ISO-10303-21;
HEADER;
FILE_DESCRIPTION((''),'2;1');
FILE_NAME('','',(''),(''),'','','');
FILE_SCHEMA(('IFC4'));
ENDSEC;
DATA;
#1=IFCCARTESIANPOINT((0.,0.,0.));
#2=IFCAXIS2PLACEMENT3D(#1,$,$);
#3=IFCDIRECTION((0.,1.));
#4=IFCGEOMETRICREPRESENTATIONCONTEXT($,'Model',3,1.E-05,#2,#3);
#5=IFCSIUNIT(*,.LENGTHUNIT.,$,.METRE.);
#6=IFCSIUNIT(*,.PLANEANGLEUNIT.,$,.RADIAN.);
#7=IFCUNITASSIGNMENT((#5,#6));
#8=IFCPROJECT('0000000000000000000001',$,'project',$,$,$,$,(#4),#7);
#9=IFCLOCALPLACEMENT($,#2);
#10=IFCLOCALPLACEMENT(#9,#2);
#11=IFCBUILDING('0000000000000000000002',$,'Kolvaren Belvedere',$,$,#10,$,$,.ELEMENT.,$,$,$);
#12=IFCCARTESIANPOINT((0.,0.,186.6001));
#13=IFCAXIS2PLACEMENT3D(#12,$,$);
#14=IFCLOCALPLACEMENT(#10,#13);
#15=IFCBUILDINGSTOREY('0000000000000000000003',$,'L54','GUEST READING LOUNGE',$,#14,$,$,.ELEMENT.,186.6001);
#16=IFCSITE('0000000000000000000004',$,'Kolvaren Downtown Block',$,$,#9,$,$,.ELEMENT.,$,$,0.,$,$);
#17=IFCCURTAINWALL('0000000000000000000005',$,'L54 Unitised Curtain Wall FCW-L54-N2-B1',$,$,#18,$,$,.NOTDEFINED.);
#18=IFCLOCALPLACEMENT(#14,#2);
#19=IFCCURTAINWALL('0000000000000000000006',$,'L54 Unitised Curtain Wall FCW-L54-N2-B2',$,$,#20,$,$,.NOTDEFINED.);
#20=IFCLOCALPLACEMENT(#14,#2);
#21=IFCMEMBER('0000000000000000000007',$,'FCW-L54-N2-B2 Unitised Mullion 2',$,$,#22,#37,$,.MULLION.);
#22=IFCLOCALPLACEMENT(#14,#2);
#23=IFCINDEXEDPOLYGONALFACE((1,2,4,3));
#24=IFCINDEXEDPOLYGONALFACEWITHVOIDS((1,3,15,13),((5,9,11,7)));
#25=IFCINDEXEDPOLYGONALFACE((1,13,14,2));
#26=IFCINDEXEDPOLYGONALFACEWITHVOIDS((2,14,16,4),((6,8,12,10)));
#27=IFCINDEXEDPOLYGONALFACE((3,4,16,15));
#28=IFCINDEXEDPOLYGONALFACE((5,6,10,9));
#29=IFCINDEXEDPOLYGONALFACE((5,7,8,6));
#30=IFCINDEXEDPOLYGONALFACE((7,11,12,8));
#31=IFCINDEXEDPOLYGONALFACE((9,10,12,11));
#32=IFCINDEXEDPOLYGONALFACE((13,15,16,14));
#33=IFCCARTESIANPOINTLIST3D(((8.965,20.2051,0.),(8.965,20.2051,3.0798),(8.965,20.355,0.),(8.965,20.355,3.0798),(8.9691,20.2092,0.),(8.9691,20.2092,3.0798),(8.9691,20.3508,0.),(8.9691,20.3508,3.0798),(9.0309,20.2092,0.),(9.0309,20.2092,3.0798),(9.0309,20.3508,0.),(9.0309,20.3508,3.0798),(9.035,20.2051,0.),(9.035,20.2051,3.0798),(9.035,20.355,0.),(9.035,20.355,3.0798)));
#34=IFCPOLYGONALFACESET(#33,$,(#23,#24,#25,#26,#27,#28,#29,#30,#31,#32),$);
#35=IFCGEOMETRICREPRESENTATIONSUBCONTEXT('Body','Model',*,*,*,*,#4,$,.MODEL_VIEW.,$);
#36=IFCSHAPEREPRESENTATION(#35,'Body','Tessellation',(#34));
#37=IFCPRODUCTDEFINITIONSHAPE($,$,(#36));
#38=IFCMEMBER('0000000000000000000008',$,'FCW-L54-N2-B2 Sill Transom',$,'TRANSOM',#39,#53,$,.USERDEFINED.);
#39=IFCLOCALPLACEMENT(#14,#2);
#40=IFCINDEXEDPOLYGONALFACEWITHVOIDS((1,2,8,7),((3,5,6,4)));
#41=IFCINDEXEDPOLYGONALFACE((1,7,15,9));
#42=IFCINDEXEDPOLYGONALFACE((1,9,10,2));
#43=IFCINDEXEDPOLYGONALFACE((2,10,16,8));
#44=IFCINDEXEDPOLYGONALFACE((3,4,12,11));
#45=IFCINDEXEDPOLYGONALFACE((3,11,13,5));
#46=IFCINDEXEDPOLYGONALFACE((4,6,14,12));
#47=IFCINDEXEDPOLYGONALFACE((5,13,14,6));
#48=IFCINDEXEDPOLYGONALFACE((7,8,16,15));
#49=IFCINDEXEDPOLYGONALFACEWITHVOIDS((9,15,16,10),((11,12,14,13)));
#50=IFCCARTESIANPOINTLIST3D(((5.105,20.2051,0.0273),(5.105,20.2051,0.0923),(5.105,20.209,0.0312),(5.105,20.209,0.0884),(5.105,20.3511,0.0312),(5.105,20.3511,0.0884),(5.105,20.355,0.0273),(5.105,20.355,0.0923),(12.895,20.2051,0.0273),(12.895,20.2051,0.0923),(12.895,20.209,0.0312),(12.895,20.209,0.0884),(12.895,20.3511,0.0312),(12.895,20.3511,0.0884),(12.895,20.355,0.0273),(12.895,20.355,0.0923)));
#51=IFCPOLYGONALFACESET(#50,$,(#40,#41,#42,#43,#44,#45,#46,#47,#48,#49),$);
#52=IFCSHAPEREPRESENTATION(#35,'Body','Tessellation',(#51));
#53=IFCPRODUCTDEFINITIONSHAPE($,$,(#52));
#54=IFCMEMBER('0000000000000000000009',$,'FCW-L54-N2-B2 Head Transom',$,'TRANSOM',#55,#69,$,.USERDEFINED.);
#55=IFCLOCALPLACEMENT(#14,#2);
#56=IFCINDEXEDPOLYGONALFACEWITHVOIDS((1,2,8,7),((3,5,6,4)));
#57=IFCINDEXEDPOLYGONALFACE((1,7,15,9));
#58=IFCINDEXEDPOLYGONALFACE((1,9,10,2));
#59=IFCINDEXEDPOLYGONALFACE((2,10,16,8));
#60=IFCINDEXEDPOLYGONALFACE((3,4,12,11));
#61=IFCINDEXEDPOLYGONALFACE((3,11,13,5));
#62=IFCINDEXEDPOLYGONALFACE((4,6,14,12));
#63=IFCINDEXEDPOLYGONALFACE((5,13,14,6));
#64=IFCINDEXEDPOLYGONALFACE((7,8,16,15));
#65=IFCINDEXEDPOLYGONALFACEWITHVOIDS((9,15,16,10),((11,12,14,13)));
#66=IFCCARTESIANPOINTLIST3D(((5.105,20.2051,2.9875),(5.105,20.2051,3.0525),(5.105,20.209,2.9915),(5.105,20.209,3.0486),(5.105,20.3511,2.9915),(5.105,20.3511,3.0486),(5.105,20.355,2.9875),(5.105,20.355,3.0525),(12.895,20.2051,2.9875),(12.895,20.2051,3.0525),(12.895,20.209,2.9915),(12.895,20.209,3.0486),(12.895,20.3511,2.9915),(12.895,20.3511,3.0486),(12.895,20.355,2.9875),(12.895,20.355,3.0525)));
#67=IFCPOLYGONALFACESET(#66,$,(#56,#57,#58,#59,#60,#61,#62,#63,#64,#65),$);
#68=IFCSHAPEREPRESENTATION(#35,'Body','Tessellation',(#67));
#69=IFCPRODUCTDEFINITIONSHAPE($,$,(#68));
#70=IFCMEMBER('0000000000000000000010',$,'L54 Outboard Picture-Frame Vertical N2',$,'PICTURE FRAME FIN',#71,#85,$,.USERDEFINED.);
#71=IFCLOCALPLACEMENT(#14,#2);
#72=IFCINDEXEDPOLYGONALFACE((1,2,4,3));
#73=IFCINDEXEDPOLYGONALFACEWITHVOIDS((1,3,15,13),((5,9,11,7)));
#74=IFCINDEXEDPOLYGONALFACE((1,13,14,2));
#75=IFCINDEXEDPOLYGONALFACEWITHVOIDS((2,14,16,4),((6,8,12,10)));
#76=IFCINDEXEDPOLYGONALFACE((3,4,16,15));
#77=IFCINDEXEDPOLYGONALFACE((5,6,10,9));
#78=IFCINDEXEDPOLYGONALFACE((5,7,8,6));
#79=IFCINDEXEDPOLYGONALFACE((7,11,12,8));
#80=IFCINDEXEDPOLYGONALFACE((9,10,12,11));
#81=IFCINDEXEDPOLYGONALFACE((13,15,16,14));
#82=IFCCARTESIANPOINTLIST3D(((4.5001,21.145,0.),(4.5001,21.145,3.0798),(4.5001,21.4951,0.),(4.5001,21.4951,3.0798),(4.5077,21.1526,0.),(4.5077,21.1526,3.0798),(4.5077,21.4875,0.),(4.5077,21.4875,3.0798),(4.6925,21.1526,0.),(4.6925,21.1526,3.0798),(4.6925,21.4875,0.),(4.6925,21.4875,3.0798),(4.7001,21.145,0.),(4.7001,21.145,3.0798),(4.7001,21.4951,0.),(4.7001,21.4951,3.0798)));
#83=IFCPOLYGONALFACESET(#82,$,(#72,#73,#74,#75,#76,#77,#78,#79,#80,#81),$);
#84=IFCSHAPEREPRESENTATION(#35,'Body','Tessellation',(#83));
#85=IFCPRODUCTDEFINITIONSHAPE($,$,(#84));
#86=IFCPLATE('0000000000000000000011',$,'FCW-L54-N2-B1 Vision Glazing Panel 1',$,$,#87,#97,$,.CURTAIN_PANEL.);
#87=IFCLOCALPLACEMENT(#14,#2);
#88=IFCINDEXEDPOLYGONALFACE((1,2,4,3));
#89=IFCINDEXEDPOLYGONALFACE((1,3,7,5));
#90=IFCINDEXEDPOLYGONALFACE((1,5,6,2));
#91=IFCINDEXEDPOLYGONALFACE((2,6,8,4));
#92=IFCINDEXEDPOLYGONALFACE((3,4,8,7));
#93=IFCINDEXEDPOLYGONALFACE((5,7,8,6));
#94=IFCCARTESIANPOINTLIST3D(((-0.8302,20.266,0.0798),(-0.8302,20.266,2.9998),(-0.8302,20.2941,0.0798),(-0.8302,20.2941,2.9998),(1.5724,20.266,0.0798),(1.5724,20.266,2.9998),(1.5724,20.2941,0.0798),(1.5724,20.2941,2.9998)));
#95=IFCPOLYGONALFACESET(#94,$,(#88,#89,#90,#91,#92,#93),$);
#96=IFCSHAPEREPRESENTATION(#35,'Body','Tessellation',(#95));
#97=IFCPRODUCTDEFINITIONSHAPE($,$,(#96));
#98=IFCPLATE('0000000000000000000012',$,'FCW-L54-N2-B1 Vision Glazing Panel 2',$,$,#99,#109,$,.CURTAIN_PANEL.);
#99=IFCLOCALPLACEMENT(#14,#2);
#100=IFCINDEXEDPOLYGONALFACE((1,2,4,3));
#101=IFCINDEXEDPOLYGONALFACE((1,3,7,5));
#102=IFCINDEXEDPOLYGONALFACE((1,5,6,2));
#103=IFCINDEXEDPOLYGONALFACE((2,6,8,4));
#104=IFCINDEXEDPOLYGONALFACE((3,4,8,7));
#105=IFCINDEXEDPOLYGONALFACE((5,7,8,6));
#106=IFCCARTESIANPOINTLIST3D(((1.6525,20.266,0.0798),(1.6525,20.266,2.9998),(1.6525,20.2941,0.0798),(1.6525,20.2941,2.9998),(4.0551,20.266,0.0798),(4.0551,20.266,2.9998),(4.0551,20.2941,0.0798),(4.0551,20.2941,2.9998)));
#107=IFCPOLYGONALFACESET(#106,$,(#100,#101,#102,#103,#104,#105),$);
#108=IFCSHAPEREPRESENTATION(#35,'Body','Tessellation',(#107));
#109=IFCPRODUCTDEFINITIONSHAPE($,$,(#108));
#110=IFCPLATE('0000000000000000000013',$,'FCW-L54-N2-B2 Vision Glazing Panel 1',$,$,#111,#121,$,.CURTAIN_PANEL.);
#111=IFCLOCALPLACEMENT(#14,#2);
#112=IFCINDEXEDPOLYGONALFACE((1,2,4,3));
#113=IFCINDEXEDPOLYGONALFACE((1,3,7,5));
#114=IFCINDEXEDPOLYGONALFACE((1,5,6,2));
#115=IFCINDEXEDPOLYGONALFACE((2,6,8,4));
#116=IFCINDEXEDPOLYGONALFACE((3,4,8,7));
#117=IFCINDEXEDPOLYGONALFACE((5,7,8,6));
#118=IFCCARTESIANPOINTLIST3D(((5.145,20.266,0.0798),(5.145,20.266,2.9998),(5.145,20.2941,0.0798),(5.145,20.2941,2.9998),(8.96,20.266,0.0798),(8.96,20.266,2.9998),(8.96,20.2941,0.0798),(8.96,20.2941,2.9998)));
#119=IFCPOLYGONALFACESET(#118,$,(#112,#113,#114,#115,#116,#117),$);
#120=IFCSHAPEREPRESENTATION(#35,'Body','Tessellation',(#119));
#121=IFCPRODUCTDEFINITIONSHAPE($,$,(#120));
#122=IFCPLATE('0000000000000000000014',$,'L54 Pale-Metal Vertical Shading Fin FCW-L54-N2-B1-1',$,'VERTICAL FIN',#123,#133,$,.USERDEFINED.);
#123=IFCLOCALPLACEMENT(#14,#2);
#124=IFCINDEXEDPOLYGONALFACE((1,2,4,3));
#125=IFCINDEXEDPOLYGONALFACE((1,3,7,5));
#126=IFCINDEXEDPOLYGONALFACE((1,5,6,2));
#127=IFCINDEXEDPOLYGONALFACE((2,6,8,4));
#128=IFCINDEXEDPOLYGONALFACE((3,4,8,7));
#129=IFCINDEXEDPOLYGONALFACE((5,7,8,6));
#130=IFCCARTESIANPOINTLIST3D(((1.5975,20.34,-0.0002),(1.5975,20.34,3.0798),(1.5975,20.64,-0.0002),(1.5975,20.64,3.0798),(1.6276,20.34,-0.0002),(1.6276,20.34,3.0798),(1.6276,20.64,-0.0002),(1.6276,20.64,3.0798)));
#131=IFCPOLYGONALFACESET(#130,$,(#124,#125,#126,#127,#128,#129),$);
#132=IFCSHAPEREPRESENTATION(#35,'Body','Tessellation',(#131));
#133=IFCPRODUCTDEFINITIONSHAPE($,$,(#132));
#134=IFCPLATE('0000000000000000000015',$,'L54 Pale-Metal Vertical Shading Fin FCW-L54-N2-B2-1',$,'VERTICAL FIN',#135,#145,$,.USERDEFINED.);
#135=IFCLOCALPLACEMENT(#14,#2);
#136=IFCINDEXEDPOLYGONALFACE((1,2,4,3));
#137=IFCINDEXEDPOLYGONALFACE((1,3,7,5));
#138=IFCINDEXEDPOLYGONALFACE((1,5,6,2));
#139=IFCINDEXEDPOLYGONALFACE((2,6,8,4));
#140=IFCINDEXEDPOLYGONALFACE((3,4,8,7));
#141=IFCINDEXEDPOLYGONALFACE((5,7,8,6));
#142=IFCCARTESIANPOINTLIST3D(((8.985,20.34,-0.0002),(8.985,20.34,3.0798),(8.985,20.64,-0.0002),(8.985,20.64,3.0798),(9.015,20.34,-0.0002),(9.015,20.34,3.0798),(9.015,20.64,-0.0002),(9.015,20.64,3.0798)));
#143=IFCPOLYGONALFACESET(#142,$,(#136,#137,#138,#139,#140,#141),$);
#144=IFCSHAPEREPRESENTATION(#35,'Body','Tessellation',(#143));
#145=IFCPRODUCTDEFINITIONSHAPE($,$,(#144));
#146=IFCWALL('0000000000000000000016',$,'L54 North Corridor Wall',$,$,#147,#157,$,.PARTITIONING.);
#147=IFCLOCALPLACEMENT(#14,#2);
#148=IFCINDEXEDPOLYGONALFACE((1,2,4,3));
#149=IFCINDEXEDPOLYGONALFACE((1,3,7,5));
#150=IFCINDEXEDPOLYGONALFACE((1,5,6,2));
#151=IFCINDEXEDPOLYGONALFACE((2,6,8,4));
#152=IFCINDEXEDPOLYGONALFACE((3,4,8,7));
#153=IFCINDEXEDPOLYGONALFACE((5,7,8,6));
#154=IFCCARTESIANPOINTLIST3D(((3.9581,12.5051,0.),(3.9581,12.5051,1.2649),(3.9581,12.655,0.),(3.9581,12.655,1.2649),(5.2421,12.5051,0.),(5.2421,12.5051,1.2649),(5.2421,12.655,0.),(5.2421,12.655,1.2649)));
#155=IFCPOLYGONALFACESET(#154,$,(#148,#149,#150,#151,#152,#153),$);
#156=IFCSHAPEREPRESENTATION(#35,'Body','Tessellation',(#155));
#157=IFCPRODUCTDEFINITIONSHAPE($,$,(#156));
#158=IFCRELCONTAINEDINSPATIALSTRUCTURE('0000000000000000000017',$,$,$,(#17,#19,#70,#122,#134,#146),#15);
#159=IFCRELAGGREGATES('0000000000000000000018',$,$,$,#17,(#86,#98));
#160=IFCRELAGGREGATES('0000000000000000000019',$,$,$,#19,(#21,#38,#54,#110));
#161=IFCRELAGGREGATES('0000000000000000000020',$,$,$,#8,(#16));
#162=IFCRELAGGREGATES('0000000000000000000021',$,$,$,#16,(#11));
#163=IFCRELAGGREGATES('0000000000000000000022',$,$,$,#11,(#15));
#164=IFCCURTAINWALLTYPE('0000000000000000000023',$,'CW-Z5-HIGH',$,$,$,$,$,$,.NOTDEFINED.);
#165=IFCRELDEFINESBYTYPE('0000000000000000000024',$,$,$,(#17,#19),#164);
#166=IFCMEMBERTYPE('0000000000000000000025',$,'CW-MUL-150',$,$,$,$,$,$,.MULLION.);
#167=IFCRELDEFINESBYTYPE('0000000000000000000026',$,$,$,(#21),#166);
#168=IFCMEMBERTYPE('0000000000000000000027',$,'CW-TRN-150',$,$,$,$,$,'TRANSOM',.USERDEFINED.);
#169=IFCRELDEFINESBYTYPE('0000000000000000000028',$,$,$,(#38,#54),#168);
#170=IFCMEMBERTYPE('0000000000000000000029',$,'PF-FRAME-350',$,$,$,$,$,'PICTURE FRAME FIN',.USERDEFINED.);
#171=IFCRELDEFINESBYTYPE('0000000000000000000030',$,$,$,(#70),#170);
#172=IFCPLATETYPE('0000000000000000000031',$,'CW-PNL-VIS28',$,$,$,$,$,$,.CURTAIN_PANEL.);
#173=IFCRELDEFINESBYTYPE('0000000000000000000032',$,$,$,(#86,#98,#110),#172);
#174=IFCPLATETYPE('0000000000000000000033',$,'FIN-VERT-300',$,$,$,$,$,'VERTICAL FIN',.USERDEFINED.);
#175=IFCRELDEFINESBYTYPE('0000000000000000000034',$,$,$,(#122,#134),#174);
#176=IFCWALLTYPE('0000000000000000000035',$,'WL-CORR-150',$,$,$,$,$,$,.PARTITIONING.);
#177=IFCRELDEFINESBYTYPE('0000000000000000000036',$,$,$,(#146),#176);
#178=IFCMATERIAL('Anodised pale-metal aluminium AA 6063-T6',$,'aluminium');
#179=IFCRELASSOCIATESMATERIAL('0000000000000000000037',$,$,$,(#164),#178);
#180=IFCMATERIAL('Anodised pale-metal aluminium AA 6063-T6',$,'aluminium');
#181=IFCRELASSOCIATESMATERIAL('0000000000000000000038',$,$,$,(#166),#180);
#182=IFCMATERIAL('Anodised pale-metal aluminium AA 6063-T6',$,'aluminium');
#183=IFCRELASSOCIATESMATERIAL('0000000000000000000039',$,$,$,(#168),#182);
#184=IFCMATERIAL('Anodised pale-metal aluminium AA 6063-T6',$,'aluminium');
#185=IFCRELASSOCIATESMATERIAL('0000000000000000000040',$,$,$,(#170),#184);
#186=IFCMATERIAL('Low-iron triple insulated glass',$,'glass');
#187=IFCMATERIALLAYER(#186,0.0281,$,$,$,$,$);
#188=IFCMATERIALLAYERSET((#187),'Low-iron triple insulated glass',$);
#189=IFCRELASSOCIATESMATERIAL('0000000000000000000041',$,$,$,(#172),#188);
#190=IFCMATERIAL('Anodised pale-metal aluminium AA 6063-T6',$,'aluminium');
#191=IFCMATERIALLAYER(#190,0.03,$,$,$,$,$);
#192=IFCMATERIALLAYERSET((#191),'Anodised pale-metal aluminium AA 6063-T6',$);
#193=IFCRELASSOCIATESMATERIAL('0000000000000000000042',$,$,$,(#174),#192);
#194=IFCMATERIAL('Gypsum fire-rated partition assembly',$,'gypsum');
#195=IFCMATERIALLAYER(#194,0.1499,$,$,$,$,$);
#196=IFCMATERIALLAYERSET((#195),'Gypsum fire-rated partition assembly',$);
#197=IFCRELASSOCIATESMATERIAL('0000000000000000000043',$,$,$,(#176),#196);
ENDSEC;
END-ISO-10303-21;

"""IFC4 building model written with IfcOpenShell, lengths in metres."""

from ifc_helpers import new_model, si_unit, direction, frame, frame_2d, origin, origin_2d, place, context, subcontext, project, spatial, rectangle, hollow_rectangle, extrude, material, layer, layer_set, material_profile, profile_set, type_object, element, aggregate, save


model = new_model("IFC4")

# Units and contexts
model_context = context("Model", 3, precision=1e-05, world=origin(), true_north=direction((0.0, 1.0)))
body_context = subcontext(model_context, "Body", "Model", "MODEL_VIEW")
ifc_project = project(units=[si_unit("LENGTHUNIT", "METRE"), si_unit("PLANEANGLEUNIT", "RADIAN")], contexts=[model_context])

# Site, building, storey
site_placement = place(None, origin())
site = spatial("IfcSite", under=ifc_project, at=site_placement, Name="Kolvaren Downtown Block", CompositionType="ELEMENT", RefElevation=0.0)
building_placement = place(site_placement, origin())
building = spatial("IfcBuilding", under=site, at=building_placement, Name="Kolvaren Belvedere", CompositionType="ELEMENT")
storey_placement = place(building_placement, frame((0.0, 0.0, 186.6001)))
storey = spatial("IfcBuildingStorey", under=building, at=storey_placement, Name="L54", Description="GUEST READING LOUNGE", CompositionType="ELEMENT", Elevation=186.6001)

# Curtain walls, members
ifc_material_1 = material(Name="Anodised pale-metal aluminium AA 6063-T6", Category="aluminium")
curtain_wall_type = type_object("IfcCurtainWallType", Name="CW-Z5-HIGH", PredefinedType="NOTDEFINED", material=ifc_material_1)
curtain_wall_1_placement = place(storey_placement, origin())
curtain_wall_1 = element("IfcCurtainWall", 1, at=curtain_wall_1_placement, inside=storey, type_object=curtain_wall_type, Name="L54 Unitised Curtain Wall FCW-L54-N2-B1", PredefinedType="NOTDEFINED")
ifc_material_2 = material(Name="Anodised pale-metal aluminium AA 6063-T6", Category="aluminium")
ifc_material_profile_1 = material_profile(ifc_material_2, hollow_rectangle(XDim=0.0701, YDim=0.1499, WallThickness=0.0042, at=origin_2d()), Name="ALU-MUL-150X70")
ifc_profile_set_1 = profile_set([ifc_material_profile_1], Name="Anodised pale-metal aluminium AA 6063-T6")
member_type_1 = type_object("IfcMemberType", Name="CW-MUL-150", PredefinedType="MULLION", material=ifc_profile_set_1)
curtain_wall_2_placement = place(storey_placement, origin())
curtain_wall_2 = element("IfcCurtainWall", 2, at=curtain_wall_2_placement, inside=storey, type_object=curtain_wall_type, Name="L54 Unitised Curtain Wall FCW-L54-N2-B2", PredefinedType="NOTDEFINED")
member_1_placement = place(storey_placement, frame((9.0, 20.28, 0.0), z_axis=(0.0, 0.0, 1.0), x_axis=(1.0, 0.0, 0.0)))
member_1 = element("IfcMember", 3, at=member_1_placement, type_object=member_type_1, Name="FCW-L54-N2-B2 Unitised Mullion 2", PredefinedType="MULLION", context=body_context, shape_type="SweptSolid", body=[
    extrude(hollow_rectangle(XDim=0.0701, YDim=0.1499, WallThickness=0.0042, at=origin_2d()), origin(), (0.0, 0.0, 1.0), 3.0798),
])
ifc_material_3 = material(Name="Anodised pale-metal aluminium AA 6063-T6", Category="aluminium")
ifc_material_profile_2 = material_profile(ifc_material_3, hollow_rectangle(XDim=0.0649, YDim=0.1499, WallThickness=0.0039, at=origin_2d()), Name="ALU-TRN-150X65")
ifc_profile_set_2 = profile_set([ifc_material_profile_2], Name="Anodised pale-metal aluminium AA 6063-T6")
member_type_2 = type_object("IfcMemberType", Name="CW-TRN-150", ElementType="TRANSOM", PredefinedType="USERDEFINED", material=ifc_profile_set_2)
member_2_placement = place(storey_placement, frame((5.105, 20.28, 0.0598), z_axis=(1.0, 0.0, 0.0), x_axis=(0.0, 0.0, 1.0)))
member_2 = element("IfcMember", 4, at=member_2_placement, type_object=member_type_2, Name="FCW-L54-N2-B2 Sill Transom", ObjectType="TRANSOM", PredefinedType="USERDEFINED", context=body_context, shape_type="SweptSolid", body=[
    extrude(hollow_rectangle(XDim=0.0649, YDim=0.1499, WallThickness=0.0039, at=origin_2d()), origin(), (0.0, 0.0, 1.0), 7.79),
])
member_3_placement = place(storey_placement, frame((5.105, 20.28, 3.02), z_axis=(1.0, 0.0, 0.0), x_axis=(0.0, 0.0, 1.0)))
member_3 = element("IfcMember", 5, at=member_3_placement, type_object=member_type_2, Name="FCW-L54-N2-B2 Head Transom", ObjectType="TRANSOM", PredefinedType="USERDEFINED", context=body_context, shape_type="SweptSolid", body=[
    extrude(hollow_rectangle(XDim=0.0649, YDim=0.1499, WallThickness=0.0039, at=origin_2d()), origin(), (0.0, 0.0, 1.0), 7.79),
])

# Member
ifc_material_4 = material(Name="Anodised pale-metal aluminium AA 6063-T6", Category="aluminium")
ifc_material_profile_3 = material_profile(ifc_material_4, hollow_rectangle(XDim=0.2, YDim=0.3501, WallThickness=0.0076, at=origin_2d()), Name="ALU-PF-350X200")
ifc_profile_set_3 = profile_set([ifc_material_profile_3], Name="Anodised pale-metal aluminium AA 6063-T6")
member_type_3 = type_object("IfcMemberType", Name="PF-FRAME-350", ElementType="PICTURE FRAME FIN", PredefinedType="USERDEFINED", material=ifc_profile_set_3)
member_4_placement = place(storey_placement, frame((4.6001, 21.3201, 0.0), z_axis=(0.0, 0.0, 1.0), x_axis=(1.0, 0.0, 0.0)))
element("IfcMember", 6, at=member_4_placement, inside=storey, type_object=member_type_3, Name="L54 Outboard Picture-Frame Vertical N2", ObjectType="PICTURE FRAME FIN", PredefinedType="USERDEFINED", context=body_context, shape_type="SweptSolid", body=[
    extrude(hollow_rectangle(XDim=0.2, YDim=0.3501, WallThickness=0.0076, at=origin_2d()), origin(), (0.0, 0.0, 1.0), 3.0798),
])

# Plates
ifc_material_5 = material(Name="Low-iron triple insulated glass", Category="glass")
ifc_layer_1 = layer(ifc_material_5, 0.0281)
ifc_layer_set_1 = layer_set([ifc_layer_1], Name="Low-iron triple insulated glass")
plate_type_1 = type_object("IfcPlateType", Name="CW-PNL-VIS28", PredefinedType="CURTAIN_PANEL", material=ifc_layer_set_1)
plate_1_placement = place(storey_placement, frame((0.3711, 20.28, 0.0798), z_axis=(0.0, 0.0, 1.0), x_axis=(1.0, 0.0, 0.0)))
plate_1 = element("IfcPlate", 7, at=plate_1_placement, type_object=plate_type_1, Name="FCW-L54-N2-B1 Vision Glazing Panel 1", PredefinedType="CURTAIN_PANEL", context=body_context, shape_type="SweptSolid", body=[
    extrude(rectangle(XDim=2.4026, YDim=0.0281, at=origin_2d()), origin(), (0.0, 0.0, 1.0), 2.9199),
])
plate_2_placement = place(storey_placement, frame((2.8538, 20.28, 0.0798), z_axis=(0.0, 0.0, 1.0), x_axis=(1.0, 0.0, 0.0)))
plate_2 = element("IfcPlate", 8, at=plate_2_placement, type_object=plate_type_1, Name="FCW-L54-N2-B1 Vision Glazing Panel 2", PredefinedType="CURTAIN_PANEL", context=body_context, shape_type="SweptSolid", body=[
    extrude(rectangle(XDim=2.4026, YDim=0.0281, at=origin_2d()), origin(), (0.0, 0.0, 1.0), 2.9199),
])
aggregate(curtain_wall_1, [plate_1, plate_2])
plate_3_placement = place(storey_placement, frame((7.0525, 20.28, 0.0798), z_axis=(0.0, 0.0, 1.0), x_axis=(1.0, 0.0, 0.0)))
plate_3 = element("IfcPlate", 9, at=plate_3_placement, type_object=plate_type_1, Name="FCW-L54-N2-B2 Vision Glazing Panel 1", PredefinedType="CURTAIN_PANEL", context=body_context, shape_type="SweptSolid", body=[
    extrude(rectangle(XDim=3.8149, YDim=0.0281, at=origin_2d()), origin(), (0.0, 0.0, 1.0), 2.9199),
])
aggregate(curtain_wall_2, [member_1, member_2, member_3, plate_3])

# Plates
ifc_material_6 = material(Name="Anodised pale-metal aluminium AA 6063-T6", Category="aluminium")
ifc_layer_2 = layer(ifc_material_6, 0.03)
ifc_layer_set_2 = layer_set([ifc_layer_2], Name="Anodised pale-metal aluminium AA 6063-T6")
plate_type_2 = type_object("IfcPlateType", Name="FIN-VERT-300", ElementType="VERTICAL FIN", PredefinedType="USERDEFINED", material=ifc_layer_set_2)
for number, where, z_axis, x_axis, name in (
    (10, (1.6125, 20.49, -0.0002), (0.0, 0.0, 1.0), (0.0, 1.0, 0.0), "L54 Pale-Metal Vertical Shading Fin FCW-L54-N2-B1-1"),
    (11, (9.0, 20.49, -0.0002), (0.0, 0.0, 1.0), (0.0, 1.0, 0.0), "L54 Pale-Metal Vertical Shading Fin FCW-L54-N2-B2-1"),
):
    element("IfcPlate", number, at=place(storey_placement, frame(where, z_axis=z_axis, x_axis=x_axis)), inside=storey, type_object=plate_type_2, Name=name, ObjectType="VERTICAL FIN", PredefinedType="USERDEFINED", context=body_context, shape_type="SweptSolid", body=[
        extrude(rectangle(XDim=0.3, YDim=0.03, at=origin_2d()), origin(), (0.0, 0.0, 1.0), 3.0801),
    ])

# Wall
ifc_material_7 = material(Name="Gypsum fire-rated partition assembly", Category="gypsum")
ifc_layer_3 = layer(ifc_material_7, 0.1499)
ifc_layer_set_3 = layer_set([ifc_layer_3], Name="Gypsum fire-rated partition assembly")
wall_type_1 = type_object("IfcWallType", Name="WL-CORR-150", PredefinedType="PARTITIONING", material=ifc_layer_set_3)
wall_1_placement = place(storey_placement, frame((3.958, 12.5801, 0.0), z_axis=(0.0, 0.0, 1.0), x_axis=(1.0, 0.0, 0.0)))
element("IfcWall", 12, at=wall_1_placement, inside=storey, type_object=wall_type_1, Name="L54 North Corridor Wall", PredefinedType="PARTITIONING", context=body_context, shape_type="SweptSolid", body=[
    extrude(rectangle(XDim=1.2839, YDim=0.1499, at=frame_2d((0.6421, 0.0))), origin(), (0.0, 0.0, 1.0), 1.2649),
])

save(model, "model.ifc")
